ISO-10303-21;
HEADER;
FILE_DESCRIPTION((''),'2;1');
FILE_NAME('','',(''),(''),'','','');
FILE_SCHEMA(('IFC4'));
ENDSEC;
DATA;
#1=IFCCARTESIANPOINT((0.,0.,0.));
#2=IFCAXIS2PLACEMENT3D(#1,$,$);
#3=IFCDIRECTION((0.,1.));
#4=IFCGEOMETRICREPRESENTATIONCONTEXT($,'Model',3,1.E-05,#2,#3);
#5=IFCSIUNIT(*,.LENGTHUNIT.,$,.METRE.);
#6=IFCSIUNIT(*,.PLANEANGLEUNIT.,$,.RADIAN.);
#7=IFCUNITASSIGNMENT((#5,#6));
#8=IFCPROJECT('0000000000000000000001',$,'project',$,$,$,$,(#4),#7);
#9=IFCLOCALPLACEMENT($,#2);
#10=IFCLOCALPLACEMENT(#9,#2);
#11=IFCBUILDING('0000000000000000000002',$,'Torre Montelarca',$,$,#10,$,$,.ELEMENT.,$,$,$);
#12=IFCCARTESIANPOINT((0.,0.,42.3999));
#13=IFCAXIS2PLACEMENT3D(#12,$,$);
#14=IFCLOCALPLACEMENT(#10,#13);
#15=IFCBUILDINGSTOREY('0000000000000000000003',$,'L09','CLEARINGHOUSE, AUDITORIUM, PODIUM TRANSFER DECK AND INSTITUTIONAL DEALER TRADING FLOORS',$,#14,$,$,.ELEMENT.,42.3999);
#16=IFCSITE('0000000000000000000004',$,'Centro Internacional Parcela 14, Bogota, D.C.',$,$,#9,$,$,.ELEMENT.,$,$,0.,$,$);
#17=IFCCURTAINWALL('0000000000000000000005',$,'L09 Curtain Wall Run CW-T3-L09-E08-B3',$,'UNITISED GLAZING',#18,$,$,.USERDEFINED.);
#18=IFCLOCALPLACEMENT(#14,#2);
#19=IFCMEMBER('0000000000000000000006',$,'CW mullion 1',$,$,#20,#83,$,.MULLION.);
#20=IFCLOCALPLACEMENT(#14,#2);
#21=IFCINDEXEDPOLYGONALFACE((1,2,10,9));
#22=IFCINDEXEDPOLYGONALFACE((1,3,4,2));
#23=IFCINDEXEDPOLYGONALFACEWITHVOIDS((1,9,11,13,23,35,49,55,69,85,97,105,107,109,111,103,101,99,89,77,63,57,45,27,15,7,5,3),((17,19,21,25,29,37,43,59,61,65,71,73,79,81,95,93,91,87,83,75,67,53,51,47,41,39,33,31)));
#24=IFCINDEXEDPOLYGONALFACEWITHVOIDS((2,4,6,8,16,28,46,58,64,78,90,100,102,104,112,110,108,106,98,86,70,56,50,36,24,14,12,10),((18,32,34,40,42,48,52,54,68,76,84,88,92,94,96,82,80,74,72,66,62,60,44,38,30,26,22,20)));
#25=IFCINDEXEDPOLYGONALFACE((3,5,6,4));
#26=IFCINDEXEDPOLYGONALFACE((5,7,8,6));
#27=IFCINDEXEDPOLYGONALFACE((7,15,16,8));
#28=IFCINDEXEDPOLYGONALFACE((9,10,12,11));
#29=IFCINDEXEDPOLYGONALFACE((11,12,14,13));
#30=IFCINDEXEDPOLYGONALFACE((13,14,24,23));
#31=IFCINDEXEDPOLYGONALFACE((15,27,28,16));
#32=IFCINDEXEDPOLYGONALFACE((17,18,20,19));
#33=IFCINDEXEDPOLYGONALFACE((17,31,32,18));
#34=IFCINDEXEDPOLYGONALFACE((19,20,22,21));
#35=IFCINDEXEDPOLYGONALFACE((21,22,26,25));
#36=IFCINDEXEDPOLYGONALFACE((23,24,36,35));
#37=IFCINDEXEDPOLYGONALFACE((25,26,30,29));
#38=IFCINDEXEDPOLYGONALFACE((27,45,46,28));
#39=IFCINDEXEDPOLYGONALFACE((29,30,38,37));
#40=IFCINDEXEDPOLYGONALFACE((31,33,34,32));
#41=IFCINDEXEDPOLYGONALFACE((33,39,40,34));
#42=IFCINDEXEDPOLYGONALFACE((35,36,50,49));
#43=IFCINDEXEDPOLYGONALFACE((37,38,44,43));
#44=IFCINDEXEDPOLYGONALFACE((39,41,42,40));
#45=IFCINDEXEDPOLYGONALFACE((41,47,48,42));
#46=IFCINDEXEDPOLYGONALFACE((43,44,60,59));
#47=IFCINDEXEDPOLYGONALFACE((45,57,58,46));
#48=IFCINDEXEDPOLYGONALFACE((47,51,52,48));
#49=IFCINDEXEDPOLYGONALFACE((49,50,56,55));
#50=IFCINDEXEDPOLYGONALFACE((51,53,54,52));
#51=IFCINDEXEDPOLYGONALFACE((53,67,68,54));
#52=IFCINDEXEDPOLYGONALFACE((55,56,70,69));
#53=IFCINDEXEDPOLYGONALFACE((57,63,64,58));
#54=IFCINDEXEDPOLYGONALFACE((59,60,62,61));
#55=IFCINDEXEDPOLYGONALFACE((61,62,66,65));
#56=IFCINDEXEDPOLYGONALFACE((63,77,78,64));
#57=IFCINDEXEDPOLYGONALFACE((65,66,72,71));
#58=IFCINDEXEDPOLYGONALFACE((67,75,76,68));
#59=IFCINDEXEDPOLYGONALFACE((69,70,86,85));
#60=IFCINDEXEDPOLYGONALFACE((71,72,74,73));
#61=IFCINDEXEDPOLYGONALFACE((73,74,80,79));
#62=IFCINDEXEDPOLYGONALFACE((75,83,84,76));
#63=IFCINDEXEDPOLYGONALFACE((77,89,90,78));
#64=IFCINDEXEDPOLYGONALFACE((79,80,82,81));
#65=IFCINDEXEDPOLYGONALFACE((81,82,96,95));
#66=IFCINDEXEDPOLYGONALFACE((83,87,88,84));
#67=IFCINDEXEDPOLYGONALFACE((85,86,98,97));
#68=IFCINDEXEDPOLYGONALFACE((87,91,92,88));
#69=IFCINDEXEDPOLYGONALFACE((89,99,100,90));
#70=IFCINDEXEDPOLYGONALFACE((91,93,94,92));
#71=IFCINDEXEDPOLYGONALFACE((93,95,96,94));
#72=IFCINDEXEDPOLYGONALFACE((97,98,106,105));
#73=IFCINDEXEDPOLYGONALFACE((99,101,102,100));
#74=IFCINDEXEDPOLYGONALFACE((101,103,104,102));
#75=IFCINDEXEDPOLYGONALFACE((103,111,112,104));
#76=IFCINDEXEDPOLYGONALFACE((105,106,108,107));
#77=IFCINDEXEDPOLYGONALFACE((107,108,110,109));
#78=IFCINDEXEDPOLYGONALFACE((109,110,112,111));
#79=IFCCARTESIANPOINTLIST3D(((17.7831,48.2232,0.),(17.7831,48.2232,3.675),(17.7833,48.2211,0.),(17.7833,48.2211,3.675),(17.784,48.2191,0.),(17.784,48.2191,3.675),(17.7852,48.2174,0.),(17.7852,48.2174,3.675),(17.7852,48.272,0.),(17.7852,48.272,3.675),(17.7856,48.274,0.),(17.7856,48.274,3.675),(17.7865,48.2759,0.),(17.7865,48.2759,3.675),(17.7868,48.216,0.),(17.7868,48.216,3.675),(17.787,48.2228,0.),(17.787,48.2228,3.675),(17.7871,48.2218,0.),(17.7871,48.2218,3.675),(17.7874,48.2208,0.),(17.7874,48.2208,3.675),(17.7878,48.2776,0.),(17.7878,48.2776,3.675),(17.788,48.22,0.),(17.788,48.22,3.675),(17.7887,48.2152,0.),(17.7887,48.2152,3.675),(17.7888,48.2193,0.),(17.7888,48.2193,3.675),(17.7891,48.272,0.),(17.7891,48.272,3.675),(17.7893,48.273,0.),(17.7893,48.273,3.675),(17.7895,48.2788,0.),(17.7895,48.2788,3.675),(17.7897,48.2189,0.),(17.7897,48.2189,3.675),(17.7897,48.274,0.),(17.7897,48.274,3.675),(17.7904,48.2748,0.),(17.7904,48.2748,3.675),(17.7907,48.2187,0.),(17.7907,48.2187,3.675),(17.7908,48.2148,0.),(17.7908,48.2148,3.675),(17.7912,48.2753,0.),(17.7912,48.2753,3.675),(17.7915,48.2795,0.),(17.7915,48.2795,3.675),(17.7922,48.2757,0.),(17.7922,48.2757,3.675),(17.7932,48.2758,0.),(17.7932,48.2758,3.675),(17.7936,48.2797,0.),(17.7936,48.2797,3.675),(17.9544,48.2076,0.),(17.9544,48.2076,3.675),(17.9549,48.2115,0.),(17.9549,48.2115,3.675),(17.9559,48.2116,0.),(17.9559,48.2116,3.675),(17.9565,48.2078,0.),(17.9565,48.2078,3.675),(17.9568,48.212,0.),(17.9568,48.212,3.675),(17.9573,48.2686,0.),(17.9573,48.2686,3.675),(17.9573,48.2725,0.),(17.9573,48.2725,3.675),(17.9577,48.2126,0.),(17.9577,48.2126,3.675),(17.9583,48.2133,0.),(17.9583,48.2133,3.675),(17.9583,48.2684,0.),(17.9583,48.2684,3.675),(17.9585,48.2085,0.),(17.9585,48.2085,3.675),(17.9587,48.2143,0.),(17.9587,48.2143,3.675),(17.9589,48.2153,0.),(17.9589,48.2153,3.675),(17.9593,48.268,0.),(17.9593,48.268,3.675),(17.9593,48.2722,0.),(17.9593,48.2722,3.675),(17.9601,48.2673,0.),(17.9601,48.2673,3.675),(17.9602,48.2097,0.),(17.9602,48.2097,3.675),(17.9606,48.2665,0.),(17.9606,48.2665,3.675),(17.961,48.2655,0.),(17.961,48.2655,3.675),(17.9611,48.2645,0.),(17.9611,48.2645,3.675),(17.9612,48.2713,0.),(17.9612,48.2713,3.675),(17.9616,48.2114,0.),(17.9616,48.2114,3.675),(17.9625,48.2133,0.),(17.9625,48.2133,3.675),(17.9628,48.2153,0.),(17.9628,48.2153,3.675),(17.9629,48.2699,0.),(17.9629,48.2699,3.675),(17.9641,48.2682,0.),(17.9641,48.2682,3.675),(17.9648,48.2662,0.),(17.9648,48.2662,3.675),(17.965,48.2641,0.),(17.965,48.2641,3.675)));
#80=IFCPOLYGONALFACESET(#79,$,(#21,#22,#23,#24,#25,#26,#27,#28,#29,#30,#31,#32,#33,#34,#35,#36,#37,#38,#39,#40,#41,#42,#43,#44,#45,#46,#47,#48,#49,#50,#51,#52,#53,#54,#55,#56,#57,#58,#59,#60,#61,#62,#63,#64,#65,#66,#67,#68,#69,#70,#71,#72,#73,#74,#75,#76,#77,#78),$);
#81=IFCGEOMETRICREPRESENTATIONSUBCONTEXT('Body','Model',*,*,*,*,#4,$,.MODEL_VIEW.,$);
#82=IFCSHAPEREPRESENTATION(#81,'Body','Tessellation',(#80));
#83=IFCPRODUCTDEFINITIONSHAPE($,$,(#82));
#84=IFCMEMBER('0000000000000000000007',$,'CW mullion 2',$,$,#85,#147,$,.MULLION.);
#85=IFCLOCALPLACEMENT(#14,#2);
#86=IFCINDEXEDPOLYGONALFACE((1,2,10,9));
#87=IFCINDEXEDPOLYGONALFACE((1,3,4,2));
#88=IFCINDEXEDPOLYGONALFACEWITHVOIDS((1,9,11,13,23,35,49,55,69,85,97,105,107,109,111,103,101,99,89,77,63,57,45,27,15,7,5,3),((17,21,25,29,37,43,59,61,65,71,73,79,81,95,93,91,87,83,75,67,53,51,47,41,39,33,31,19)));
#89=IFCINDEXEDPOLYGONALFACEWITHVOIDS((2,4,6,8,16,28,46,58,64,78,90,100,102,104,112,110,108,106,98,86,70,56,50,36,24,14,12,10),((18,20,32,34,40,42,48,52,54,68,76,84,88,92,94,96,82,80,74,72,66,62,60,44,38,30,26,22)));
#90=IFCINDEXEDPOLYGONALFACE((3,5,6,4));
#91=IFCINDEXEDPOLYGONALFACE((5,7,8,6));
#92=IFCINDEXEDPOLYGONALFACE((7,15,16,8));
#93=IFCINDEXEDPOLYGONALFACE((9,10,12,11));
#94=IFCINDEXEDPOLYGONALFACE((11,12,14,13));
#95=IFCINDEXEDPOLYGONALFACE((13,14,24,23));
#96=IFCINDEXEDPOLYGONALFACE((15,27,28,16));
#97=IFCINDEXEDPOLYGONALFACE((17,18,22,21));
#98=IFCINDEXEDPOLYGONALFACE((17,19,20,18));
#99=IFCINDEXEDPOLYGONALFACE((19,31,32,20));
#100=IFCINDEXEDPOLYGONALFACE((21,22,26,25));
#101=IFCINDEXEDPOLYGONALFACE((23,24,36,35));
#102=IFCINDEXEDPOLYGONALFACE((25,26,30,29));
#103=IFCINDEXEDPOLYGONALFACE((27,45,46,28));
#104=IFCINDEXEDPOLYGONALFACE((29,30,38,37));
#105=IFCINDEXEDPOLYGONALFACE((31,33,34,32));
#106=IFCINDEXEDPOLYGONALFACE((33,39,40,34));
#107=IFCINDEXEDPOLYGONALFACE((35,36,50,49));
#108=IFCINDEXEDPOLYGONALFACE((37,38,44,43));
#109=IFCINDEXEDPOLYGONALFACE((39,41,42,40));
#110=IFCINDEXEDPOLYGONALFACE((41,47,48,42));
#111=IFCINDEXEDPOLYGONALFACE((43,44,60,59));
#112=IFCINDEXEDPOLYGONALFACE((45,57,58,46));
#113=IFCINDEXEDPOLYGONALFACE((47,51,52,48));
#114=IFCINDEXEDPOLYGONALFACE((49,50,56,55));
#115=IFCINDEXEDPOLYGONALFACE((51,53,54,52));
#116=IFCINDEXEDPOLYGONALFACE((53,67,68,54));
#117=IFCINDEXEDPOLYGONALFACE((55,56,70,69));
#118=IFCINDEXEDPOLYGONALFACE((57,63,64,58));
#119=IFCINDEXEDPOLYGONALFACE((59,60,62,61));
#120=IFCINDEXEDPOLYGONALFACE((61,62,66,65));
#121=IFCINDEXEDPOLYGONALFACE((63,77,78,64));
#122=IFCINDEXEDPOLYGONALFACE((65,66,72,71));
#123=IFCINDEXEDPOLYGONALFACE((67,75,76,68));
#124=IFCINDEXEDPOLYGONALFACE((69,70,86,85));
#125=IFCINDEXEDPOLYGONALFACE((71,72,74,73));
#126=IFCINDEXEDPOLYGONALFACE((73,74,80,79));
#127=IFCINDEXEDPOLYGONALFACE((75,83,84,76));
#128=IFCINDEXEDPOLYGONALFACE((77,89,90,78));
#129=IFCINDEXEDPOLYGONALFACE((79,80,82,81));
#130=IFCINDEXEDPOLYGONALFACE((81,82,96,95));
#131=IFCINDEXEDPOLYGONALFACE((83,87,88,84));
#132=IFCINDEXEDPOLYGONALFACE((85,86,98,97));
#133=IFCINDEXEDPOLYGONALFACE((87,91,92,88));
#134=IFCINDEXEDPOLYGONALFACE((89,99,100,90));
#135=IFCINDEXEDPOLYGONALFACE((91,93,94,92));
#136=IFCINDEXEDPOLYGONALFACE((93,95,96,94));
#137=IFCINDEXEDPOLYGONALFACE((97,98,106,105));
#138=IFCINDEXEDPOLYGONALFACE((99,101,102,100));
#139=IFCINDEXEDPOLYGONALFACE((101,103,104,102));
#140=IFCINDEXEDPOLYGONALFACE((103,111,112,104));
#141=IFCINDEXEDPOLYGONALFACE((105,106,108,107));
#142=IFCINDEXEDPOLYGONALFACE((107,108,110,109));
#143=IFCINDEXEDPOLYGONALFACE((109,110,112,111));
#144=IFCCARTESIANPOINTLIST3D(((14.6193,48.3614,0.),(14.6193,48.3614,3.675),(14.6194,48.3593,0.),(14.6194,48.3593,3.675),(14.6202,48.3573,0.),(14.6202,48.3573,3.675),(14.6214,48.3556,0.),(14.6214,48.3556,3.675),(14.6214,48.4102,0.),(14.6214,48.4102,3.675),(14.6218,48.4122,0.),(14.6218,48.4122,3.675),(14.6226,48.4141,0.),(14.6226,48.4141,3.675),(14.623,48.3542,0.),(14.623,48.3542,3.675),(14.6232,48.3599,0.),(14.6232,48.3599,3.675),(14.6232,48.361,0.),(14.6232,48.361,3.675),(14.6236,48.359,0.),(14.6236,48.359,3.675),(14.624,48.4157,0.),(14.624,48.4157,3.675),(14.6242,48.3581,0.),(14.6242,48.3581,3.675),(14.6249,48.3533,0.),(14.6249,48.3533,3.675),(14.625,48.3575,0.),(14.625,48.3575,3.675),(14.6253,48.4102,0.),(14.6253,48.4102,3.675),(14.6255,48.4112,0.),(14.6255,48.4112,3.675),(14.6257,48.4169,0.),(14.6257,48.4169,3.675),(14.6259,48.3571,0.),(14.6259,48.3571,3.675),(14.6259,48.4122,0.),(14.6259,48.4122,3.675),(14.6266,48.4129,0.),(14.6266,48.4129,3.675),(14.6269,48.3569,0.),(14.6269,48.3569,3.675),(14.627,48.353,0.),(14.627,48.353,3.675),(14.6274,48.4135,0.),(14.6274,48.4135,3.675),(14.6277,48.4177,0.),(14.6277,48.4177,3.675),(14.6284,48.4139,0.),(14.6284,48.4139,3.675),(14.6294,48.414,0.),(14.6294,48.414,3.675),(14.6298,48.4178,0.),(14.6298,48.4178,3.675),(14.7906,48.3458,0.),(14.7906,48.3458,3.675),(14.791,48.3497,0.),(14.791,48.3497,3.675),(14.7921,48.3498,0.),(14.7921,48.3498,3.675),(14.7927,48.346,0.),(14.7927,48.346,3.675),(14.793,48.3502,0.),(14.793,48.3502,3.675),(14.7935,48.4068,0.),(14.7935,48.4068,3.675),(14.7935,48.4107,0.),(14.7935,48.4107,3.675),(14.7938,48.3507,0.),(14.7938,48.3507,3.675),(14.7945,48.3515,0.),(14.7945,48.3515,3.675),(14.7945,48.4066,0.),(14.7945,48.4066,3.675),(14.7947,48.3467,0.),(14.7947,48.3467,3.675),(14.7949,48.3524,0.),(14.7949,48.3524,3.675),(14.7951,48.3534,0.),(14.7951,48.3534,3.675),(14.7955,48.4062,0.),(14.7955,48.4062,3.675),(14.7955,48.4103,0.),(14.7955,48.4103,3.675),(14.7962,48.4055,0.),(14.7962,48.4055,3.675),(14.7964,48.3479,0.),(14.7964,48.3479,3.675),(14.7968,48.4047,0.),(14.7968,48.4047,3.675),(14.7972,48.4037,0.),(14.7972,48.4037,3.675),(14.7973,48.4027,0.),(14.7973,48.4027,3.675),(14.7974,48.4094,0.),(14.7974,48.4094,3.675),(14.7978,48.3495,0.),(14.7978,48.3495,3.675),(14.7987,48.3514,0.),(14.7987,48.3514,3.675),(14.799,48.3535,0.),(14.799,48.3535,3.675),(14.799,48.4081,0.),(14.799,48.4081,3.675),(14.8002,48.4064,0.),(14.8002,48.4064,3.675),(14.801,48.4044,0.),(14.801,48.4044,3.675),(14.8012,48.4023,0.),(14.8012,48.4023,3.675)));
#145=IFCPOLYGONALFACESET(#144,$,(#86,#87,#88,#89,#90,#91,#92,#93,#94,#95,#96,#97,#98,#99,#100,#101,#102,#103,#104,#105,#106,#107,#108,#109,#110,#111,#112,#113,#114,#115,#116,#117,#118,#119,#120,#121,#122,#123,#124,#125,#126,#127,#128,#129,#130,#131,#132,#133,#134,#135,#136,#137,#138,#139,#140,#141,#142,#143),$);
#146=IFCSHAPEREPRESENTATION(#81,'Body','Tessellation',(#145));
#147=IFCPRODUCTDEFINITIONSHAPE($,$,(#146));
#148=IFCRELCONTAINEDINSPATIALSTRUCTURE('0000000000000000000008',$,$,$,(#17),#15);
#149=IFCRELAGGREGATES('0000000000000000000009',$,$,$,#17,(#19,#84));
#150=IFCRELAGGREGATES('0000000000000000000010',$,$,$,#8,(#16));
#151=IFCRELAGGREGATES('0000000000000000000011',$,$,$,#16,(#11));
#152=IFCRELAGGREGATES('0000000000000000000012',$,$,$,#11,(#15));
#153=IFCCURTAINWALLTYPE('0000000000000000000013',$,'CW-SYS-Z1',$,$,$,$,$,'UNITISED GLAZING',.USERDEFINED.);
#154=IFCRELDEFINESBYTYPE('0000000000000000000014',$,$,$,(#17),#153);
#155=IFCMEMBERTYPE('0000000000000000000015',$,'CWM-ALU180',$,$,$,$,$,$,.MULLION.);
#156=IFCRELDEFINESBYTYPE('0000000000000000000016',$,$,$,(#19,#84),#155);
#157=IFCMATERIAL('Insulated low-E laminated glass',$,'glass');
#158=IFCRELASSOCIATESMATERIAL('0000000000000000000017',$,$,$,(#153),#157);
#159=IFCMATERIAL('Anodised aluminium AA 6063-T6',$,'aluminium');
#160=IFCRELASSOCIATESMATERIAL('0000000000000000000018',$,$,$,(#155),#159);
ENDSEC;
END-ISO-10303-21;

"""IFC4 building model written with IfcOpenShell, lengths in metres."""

from ifc_helpers import new_model, si_unit, direction, frame, origin, origin_2d, place, context, subcontext, project, spatial, hollow_rectangle, extrude, source, transform, mapped, material, material_profile, profile_set, type_object, element, aggregate, save


model = new_model("IFC4")

# Units and contexts
model_context = context("Model", 3, precision=1e-05, world=origin(), true_north=direction((0.0, 1.0)))
body_context = subcontext(model_context, "Body", "Model", "MODEL_VIEW")
ifc_project = project(units=[si_unit("LENGTHUNIT", "METRE"), si_unit("PLANEANGLEUNIT", "RADIAN")], contexts=[model_context])

# Site, building, storey
site_placement = place(None, origin())
site = spatial("IfcSite", under=ifc_project, at=site_placement, Name="Centro Internacional Parcela 14, Bogota, D.C.", CompositionType="ELEMENT", RefElevation=0.0)
building_placement = place(site_placement, origin())
building = spatial("IfcBuilding", under=site, at=building_placement, Name="Torre Montelarca", CompositionType="ELEMENT")
storey_placement = place(building_placement, frame((0.0, 0.0, 42.3999)))
storey = spatial("IfcBuildingStorey", under=building, at=storey_placement, Name="L09", Description="CLEARINGHOUSE, AUDITORIUM, PODIUM TRANSFER DECK AND INSTITUTIONAL DEALER TRADING FLOORS", CompositionType="ELEMENT", Elevation=42.3999)

# Curtain wall, members
ifc_material_1 = material(Name="Insulated low-E laminated glass", Category="glass")
curtain_wall_type = type_object("IfcCurtainWallType", Name="CW-SYS-Z1", ElementType="UNITISED GLAZING", PredefinedType="USERDEFINED", material=ifc_material_1)
ifc_material_2 = material(Name="Anodised aluminium AA 6063-T6", Category="aluminium")
ifc_material_profile_1 = material_profile(ifc_material_2, hollow_rectangle(XDim=0.0649, YDim=0.1799, WallThickness=0.0039, InnerFilletRadius=0.0039, OuterFilletRadius=0.0081, at=origin_2d()), Name="ALU65X180X4", Category="aluminium")
ifc_profile_set_1 = profile_set([ifc_material_profile_1], Name="Anodised aluminium AA 6063-T6")
member_type_1 = type_object("IfcMemberType", Name="CWM-ALU180", PredefinedType="MULLION", material=ifc_profile_set_1)
curtain_wall_1_placement = place(storey_placement, origin())
curtain_wall_1 = element("IfcCurtainWall", 1, at=curtain_wall_1_placement, inside=storey, type_object=curtain_wall_type, Name="L09 Curtain Wall Run CW-T3-L09-E08-B3", ObjectType="UNITISED GLAZING", PredefinedType="USERDEFINED")
shared_shape_1 = source(origin(), body_context, "Body", "SweptSolid", [
    extrude(hollow_rectangle(XDim=0.0649, YDim=0.1799, WallThickness=0.0039, InnerFilletRadius=0.0039, OuterFilletRadius=0.0081, at=origin_2d()), origin(), (0.0, 0.0, 1.0), 3.675),
])
member_1_placement = place(storey_placement, frame((17.874, 48.2437, 0.0), z_axis=(0.0, 0.0, 1.0), x_axis=(-0.043619, -0.999048, 0.0)))
member_1 = element("IfcMember", 2, at=member_1_placement, type_object=member_type_1, Name="CW mullion 1", PredefinedType="MULLION", context=body_context, shape_type="MappedRepresentation", body=[
    mapped(shared_shape_1, transform((0.0, 0.0, 0.0), scale=1.0)),
])
member_2_placement = place(storey_placement, frame((14.7102, 48.3818, 0.0), z_axis=(0.0, 0.0, 1.0), x_axis=(-0.043619, -0.999048, 0.0)))
member_2 = element("IfcMember", 3, at=member_2_placement, type_object=member_type_1, Name="CW mullion 2", PredefinedType="MULLION", context=body_context, shape_type="MappedRepresentation", body=[
    mapped(shared_shape_1, transform((0.0, 0.0, 0.0), scale=1.0)),
])

aggregate(curtain_wall_1, [member_1, member_2])

save(model, "model.ifc")
